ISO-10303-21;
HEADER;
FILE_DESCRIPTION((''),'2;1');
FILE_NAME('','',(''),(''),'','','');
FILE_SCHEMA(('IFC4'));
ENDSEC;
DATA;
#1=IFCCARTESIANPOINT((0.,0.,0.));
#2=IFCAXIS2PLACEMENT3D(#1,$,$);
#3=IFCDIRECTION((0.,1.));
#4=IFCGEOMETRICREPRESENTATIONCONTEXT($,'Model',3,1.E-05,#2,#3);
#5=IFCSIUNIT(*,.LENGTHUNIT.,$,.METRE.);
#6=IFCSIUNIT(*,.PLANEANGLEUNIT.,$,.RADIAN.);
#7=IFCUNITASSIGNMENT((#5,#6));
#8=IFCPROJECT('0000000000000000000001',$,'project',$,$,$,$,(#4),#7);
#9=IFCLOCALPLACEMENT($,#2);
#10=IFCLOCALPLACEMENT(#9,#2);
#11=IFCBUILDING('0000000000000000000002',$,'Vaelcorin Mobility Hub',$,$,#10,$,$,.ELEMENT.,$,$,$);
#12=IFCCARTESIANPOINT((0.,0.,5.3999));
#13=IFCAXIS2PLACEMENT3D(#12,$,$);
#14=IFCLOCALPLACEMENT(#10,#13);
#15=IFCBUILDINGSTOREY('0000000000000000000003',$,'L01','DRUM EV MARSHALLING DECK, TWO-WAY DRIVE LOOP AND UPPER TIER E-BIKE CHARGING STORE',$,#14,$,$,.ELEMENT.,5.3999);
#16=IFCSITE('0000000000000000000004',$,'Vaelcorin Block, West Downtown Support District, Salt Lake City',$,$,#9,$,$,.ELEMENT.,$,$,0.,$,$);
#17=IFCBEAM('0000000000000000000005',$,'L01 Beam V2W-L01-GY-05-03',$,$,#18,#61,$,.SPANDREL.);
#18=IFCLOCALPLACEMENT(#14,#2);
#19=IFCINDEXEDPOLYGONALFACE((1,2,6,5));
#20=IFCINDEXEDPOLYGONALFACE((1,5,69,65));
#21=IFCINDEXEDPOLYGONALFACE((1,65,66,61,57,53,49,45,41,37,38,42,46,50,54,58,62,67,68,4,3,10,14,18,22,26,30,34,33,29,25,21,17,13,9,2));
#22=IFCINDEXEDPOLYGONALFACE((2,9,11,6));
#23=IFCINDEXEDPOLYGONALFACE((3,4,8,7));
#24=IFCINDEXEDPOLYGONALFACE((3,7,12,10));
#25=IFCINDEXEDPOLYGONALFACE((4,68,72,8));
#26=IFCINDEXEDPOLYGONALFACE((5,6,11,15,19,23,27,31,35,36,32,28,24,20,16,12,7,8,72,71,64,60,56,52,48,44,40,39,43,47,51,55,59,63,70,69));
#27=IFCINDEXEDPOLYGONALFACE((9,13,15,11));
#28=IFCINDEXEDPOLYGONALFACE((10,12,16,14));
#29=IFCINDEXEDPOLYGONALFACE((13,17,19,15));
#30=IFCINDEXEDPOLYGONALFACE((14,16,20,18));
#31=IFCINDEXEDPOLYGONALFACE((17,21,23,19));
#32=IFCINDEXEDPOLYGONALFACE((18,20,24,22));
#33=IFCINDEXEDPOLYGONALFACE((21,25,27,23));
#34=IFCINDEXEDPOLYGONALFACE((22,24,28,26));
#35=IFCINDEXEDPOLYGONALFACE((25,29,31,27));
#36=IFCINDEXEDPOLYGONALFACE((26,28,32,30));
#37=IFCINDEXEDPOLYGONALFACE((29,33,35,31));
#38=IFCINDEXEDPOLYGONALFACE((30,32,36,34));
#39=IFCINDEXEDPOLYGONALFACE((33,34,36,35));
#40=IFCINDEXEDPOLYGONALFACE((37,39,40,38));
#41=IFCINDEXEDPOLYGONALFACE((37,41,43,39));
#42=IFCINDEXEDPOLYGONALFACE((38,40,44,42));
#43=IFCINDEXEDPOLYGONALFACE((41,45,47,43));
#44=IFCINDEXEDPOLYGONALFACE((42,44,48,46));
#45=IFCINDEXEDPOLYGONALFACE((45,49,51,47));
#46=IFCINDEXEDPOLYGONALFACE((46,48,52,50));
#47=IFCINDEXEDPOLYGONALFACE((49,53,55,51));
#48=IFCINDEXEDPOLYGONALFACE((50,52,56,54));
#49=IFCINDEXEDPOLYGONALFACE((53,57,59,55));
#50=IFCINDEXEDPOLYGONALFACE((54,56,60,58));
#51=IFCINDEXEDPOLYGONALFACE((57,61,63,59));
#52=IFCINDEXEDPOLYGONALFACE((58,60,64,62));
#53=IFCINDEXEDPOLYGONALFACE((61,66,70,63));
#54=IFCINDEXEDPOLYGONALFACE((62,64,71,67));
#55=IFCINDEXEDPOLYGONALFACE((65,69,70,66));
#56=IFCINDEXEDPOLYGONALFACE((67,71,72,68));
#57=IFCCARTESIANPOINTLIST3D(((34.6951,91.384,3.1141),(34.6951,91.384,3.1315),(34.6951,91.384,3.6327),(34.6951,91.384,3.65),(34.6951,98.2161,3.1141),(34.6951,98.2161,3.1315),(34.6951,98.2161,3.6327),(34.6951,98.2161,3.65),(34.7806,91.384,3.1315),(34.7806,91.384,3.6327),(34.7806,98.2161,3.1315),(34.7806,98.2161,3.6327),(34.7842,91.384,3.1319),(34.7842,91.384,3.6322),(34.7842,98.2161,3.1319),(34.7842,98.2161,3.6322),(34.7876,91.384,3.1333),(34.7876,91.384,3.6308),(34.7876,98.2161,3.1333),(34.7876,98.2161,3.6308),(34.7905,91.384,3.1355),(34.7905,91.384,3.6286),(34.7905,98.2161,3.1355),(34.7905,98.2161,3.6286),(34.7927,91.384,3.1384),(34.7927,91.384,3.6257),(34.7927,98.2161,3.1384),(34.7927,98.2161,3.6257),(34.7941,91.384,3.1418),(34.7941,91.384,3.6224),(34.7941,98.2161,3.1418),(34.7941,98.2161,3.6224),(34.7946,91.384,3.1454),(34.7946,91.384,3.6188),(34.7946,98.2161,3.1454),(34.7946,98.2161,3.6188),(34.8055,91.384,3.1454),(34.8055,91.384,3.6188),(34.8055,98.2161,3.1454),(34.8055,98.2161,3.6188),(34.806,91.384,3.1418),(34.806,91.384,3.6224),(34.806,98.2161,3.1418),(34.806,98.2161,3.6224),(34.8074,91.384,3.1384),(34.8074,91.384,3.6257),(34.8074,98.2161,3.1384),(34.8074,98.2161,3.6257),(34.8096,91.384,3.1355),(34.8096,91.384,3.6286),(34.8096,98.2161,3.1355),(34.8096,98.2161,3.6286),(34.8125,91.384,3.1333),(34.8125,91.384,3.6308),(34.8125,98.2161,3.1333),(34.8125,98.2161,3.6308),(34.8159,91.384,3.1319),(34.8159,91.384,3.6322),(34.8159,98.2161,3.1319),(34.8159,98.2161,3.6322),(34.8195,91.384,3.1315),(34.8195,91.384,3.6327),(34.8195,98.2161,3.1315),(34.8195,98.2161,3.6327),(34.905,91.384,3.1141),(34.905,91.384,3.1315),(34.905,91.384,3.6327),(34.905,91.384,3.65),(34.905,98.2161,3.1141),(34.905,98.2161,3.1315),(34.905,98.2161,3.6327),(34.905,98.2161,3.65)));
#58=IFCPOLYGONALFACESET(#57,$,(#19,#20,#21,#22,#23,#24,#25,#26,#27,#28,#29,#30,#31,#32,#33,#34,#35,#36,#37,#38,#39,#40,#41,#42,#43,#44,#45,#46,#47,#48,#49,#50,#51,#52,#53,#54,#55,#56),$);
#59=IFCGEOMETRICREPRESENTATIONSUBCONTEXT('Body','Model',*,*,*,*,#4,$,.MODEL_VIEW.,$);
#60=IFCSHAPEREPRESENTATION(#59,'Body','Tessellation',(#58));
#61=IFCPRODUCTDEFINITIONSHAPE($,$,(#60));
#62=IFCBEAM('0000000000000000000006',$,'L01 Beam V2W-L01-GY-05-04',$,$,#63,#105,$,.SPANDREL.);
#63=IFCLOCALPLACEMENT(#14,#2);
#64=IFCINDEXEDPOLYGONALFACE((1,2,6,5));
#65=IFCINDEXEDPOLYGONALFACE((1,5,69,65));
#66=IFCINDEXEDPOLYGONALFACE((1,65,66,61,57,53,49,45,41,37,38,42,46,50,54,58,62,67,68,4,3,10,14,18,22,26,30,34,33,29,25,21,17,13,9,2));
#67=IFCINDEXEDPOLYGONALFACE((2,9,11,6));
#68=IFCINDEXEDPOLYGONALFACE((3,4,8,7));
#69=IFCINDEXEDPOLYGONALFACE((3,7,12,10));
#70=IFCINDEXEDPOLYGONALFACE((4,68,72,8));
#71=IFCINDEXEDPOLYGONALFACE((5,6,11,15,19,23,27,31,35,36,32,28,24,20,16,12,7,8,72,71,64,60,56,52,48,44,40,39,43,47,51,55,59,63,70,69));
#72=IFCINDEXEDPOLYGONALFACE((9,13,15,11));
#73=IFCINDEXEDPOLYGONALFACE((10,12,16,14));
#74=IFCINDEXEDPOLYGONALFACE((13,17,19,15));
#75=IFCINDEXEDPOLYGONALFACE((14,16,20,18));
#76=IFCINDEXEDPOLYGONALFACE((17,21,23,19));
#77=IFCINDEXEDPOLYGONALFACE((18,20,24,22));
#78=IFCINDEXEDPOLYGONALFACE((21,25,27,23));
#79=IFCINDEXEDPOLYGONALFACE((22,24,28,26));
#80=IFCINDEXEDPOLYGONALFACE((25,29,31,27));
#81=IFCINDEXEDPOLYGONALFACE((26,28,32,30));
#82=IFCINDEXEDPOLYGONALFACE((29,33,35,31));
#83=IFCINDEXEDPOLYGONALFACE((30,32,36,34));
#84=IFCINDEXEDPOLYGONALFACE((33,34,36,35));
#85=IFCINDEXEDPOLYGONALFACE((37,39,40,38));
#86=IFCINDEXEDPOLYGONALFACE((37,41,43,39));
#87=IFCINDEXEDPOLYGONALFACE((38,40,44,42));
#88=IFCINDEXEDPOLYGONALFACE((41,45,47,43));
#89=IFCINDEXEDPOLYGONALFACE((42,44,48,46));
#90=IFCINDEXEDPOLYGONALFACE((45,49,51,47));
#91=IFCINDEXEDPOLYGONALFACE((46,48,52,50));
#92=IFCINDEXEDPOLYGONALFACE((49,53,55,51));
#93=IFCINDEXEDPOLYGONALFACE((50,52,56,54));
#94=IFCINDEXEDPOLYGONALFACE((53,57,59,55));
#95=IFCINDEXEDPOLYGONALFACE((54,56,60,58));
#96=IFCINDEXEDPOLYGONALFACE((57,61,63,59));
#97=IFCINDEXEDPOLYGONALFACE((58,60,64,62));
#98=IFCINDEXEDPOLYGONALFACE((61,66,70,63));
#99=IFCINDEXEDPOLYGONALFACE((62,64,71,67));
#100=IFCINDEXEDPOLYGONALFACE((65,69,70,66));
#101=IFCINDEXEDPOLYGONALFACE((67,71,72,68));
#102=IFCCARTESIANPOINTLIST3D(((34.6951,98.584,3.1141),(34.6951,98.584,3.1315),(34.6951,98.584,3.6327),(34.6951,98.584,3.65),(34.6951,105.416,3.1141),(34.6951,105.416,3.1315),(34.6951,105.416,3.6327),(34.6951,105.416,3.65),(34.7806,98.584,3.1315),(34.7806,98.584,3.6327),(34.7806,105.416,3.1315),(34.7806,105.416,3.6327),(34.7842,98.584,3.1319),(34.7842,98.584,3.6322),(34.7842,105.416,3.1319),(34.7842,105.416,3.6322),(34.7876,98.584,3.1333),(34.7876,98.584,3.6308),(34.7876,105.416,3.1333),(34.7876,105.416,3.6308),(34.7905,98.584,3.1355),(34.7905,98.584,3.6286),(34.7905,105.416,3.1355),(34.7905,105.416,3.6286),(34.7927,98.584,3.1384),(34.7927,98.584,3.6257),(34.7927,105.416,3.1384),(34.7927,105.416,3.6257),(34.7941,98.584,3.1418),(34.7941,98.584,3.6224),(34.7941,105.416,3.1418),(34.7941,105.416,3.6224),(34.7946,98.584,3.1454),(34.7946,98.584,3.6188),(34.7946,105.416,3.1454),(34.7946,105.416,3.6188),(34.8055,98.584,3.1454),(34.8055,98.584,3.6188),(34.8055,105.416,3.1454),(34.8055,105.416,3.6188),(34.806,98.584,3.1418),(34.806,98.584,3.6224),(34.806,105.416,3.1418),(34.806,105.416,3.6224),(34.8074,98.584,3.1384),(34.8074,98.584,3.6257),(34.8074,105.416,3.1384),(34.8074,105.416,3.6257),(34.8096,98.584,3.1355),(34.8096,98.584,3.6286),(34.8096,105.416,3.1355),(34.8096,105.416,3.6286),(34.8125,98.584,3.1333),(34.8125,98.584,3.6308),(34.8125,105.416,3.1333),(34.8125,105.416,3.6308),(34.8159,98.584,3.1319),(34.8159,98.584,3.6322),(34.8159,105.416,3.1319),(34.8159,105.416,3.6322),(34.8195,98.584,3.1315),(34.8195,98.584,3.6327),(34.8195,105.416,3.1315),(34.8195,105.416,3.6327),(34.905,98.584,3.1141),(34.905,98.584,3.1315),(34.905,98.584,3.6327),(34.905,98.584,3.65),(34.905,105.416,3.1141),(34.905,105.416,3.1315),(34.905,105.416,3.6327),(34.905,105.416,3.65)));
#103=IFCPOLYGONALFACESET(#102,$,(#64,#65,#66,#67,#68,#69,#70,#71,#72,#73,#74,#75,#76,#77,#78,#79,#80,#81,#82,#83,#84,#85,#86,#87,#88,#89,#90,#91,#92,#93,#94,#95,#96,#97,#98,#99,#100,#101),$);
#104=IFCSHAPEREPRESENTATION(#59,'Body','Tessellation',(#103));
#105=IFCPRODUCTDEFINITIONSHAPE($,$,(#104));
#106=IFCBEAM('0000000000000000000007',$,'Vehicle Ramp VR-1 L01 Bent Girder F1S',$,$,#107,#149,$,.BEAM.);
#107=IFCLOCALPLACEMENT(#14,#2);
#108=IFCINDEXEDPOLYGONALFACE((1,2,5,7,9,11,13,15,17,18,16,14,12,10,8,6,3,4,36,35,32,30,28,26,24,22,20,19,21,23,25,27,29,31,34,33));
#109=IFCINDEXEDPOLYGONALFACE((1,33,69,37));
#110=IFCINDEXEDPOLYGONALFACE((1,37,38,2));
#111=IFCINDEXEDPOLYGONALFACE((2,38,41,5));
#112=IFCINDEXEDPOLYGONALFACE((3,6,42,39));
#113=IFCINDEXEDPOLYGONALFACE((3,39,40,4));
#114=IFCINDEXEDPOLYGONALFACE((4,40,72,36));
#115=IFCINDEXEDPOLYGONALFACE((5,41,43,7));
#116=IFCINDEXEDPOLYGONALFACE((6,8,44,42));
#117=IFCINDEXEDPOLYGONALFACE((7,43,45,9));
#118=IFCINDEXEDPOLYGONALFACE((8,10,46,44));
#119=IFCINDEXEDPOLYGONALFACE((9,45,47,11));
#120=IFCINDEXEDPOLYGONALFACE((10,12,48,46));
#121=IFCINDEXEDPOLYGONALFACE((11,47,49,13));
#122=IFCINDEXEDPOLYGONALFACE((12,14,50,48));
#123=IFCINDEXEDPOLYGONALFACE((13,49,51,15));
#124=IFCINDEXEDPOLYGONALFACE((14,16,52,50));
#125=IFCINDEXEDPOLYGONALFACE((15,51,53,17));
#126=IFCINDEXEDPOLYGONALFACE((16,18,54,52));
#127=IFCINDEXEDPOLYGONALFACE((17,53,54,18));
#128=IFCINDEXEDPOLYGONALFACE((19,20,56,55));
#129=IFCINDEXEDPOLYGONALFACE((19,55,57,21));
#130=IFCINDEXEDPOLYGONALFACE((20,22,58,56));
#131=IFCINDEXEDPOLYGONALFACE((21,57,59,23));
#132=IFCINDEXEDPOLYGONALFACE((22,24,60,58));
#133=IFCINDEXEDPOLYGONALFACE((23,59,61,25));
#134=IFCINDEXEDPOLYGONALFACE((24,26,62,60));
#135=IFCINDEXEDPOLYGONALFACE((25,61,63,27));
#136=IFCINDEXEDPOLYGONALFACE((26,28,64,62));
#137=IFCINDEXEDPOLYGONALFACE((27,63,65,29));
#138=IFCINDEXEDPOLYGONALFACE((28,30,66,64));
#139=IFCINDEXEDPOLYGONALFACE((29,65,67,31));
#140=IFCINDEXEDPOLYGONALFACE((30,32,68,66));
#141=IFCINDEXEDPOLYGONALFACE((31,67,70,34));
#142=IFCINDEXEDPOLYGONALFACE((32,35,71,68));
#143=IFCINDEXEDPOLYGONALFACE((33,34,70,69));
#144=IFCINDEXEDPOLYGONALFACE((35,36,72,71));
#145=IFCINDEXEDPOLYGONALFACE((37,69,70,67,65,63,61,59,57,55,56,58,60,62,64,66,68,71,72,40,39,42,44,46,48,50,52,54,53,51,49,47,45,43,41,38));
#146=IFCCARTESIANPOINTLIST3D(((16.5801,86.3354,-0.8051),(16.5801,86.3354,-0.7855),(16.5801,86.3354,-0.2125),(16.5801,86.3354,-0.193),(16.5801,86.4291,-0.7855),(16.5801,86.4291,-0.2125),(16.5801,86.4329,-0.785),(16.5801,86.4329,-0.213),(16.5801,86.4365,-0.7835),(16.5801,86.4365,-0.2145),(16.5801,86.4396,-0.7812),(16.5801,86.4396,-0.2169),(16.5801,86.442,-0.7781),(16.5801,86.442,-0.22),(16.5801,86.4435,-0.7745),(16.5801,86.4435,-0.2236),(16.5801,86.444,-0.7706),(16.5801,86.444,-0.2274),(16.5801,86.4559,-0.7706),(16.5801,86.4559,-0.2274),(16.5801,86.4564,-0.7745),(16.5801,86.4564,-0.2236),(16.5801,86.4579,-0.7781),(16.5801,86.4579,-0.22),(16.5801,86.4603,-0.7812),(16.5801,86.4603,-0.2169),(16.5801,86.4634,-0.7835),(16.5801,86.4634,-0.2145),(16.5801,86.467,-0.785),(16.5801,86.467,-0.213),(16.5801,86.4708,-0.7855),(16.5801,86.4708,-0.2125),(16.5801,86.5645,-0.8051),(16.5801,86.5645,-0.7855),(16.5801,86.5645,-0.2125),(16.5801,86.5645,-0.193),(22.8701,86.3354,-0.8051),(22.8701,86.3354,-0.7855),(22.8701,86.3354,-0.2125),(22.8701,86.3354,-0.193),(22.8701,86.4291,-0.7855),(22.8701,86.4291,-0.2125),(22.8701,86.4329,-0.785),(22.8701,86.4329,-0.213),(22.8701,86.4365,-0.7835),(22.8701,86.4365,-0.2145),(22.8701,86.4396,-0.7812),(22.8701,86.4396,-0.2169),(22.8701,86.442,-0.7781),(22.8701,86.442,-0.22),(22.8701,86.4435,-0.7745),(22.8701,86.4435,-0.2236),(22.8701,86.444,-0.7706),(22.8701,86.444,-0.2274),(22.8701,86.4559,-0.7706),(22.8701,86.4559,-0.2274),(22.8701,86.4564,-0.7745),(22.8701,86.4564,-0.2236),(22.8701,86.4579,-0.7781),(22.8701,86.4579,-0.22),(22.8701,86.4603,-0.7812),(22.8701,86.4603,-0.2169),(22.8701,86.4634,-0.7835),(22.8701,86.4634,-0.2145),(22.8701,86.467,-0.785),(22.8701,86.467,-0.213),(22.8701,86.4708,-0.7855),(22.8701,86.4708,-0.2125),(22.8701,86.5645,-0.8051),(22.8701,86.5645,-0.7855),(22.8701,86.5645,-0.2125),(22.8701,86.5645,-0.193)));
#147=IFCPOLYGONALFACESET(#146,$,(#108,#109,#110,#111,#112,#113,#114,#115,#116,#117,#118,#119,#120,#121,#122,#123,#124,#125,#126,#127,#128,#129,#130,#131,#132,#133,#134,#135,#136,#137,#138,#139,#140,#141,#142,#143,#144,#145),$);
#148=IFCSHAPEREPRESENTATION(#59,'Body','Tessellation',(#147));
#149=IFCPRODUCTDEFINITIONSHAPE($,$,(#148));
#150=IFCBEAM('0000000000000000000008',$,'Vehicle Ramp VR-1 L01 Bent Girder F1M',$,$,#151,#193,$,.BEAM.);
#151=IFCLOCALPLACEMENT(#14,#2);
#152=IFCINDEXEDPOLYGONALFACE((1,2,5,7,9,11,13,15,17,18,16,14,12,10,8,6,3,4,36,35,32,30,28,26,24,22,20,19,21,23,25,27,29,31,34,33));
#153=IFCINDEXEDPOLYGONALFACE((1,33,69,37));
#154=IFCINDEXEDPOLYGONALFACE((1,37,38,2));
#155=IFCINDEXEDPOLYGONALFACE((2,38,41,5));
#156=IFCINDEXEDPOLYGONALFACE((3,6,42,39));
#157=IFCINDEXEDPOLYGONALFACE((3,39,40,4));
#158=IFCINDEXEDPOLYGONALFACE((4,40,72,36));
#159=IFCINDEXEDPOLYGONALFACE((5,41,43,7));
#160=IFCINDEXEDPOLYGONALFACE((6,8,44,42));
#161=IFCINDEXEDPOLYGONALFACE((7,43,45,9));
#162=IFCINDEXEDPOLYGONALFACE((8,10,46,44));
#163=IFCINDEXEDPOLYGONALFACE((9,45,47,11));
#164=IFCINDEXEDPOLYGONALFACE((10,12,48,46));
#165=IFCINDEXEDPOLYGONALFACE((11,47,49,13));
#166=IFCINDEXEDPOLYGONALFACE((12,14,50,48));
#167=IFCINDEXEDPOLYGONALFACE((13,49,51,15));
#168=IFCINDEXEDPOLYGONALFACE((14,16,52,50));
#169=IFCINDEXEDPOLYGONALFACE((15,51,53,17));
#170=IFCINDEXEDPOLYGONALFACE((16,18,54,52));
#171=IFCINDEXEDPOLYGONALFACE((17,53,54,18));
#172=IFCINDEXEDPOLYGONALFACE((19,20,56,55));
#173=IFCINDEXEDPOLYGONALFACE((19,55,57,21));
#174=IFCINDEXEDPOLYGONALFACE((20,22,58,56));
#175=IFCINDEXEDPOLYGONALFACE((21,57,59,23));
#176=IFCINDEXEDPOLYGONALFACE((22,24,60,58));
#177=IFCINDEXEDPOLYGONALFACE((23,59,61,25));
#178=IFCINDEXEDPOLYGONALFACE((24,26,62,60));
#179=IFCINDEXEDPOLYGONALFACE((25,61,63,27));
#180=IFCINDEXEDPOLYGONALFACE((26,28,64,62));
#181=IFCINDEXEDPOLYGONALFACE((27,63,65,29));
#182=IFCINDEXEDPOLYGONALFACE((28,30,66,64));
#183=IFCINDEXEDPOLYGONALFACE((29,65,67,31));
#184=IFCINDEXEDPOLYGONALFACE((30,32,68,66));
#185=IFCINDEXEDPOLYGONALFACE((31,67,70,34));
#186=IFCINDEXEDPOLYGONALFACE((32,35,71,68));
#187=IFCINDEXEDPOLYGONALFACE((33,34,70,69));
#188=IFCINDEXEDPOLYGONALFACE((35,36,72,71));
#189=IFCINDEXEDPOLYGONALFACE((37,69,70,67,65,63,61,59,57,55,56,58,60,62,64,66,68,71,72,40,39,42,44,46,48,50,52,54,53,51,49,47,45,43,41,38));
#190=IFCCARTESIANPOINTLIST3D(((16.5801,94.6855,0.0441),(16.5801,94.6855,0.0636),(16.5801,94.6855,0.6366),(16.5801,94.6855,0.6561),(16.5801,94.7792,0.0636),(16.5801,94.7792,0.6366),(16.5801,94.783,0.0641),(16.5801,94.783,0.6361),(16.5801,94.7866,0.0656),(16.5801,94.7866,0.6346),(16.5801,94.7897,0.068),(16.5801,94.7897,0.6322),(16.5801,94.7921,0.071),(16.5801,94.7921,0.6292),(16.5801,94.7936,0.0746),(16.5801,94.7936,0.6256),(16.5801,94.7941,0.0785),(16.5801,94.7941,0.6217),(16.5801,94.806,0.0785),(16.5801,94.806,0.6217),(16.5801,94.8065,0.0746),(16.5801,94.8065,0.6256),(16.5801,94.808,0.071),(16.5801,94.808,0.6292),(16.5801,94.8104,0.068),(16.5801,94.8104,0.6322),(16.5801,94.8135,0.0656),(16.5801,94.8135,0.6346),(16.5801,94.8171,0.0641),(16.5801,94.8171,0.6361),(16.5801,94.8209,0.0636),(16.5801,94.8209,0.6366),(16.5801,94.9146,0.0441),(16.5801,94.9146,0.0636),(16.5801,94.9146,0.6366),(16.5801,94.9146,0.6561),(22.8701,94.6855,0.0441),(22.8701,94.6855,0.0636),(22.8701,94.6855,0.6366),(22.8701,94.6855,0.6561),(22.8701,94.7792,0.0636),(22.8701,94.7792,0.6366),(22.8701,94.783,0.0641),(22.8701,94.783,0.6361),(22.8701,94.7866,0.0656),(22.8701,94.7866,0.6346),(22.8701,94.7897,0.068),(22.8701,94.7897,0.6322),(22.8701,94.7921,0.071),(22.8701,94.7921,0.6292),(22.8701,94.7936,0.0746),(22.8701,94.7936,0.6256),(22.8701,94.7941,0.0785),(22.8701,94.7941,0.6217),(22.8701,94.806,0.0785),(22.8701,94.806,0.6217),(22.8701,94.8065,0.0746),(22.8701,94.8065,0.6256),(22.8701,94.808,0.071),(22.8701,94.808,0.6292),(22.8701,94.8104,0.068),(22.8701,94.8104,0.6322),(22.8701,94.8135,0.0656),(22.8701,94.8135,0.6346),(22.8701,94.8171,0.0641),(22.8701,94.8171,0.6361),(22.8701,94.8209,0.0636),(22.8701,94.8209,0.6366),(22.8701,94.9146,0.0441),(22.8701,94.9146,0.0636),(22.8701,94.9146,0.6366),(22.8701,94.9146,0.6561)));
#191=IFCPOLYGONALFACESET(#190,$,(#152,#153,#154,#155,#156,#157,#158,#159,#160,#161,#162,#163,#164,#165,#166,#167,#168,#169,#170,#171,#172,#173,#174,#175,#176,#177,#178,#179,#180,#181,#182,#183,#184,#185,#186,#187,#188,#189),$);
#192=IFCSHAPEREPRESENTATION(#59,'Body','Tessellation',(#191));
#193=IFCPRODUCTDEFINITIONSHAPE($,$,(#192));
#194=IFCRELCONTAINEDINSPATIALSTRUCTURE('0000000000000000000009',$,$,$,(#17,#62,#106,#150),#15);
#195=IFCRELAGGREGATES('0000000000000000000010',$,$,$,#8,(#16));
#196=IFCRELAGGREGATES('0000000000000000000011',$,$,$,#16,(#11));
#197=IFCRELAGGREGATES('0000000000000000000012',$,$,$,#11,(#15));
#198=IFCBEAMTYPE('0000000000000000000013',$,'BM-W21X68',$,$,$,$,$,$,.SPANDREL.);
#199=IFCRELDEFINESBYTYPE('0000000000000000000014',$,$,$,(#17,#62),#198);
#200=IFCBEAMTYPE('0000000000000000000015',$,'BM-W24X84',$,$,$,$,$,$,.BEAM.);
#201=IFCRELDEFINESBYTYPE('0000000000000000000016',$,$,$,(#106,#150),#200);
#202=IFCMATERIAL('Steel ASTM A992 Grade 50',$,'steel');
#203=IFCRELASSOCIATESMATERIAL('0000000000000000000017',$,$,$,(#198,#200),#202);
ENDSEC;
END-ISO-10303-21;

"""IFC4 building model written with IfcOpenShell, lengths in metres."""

from ifc_helpers import new_model, si_unit, direction, frame, origin, origin_2d, place, context, subcontext, project, spatial, i_section, extrude, material, material_profile, profile_set, type_object, element, save


model = new_model("IFC4")

# Units and contexts
model_context = context("Model", 3, precision=1e-05, world=origin(), true_north=direction((0.0, 1.0)))
body_context = subcontext(model_context, "Body", "Model", "MODEL_VIEW")
ifc_project = project(units=[si_unit("LENGTHUNIT", "METRE"), si_unit("PLANEANGLEUNIT", "RADIAN")], contexts=[model_context])

# Site, building, storey
site_placement = place(None, origin())
site = spatial("IfcSite", under=ifc_project, at=site_placement, Name="Vaelcorin Block, West Downtown Support District, Salt Lake City", CompositionType="ELEMENT", RefElevation=0.0)
building_placement = place(site_placement, origin())
building = spatial("IfcBuilding", under=site, at=building_placement, Name="Vaelcorin Mobility Hub", CompositionType="ELEMENT")
storey_placement = place(building_placement, frame((0.0, 0.0, 5.3999)))
storey = spatial("IfcBuildingStorey", under=building, at=storey_placement, Name="L01", Description="DRUM EV MARSHALLING DECK, TWO-WAY DRIVE LOOP AND UPPER TIER E-BIKE CHARGING STORE", CompositionType="ELEMENT", Elevation=5.3999)

# Shared definitions
ifc_material_1 = material(Name="Steel ASTM A992 Grade 50", Category="steel")

# Beams
ifc_material_profile_1 = material_profile(ifc_material_1, i_section(OverallWidth=0.21, OverallDepth=0.5359, WebThickness=0.011, FlangeThickness=0.0173, FilletRadius=0.0139, at=origin_2d()), Name="W21X68")
ifc_profile_set_1 = profile_set([ifc_material_profile_1], Name="Steel ASTM A992 Grade 50")
beam_type_1 = type_object("IfcBeamType", Name="BM-W21X68", PredefinedType="SPANDREL", material=ifc_profile_set_1)
for number, where, z_axis, x_axis, name in (
    (1, (34.8, 91.384, 3.3821), (0.0, 1.0, 0.0), (-1.0, 0.0, 0.0), "L01 Beam V2W-L01-GY-05-03"),
    (2, (34.8, 98.584, 3.3821), (0.0, 1.0, 0.0), (-1.0, 0.0, 0.0), "L01 Beam V2W-L01-GY-05-04"),
):
    element("IfcBeam", number, at=place(storey_placement, frame(where, z_axis=z_axis, x_axis=x_axis)), inside=storey, type_object=beam_type_1, Name=name, PredefinedType="SPANDREL", context=body_context, shape_type="SweptSolid", body=[
        extrude(i_section(OverallWidth=0.21, OverallDepth=0.5359, WebThickness=0.011, FlangeThickness=0.0173, FilletRadius=0.0139, at=origin_2d()), origin(), (0.0, 0.0, 1.0), 6.832),
    ])
ifc_material_profile_2 = material_profile(ifc_material_1, i_section(OverallWidth=0.229, OverallDepth=0.6121, WebThickness=0.012, FlangeThickness=0.0195, FilletRadius=0.0149, at=origin_2d()), Name="W24X84")
ifc_profile_set_2 = profile_set([ifc_material_profile_2], Name="Steel ASTM A992 Grade 50")
beam_type_2 = type_object("IfcBeamType", Name="BM-W24X84", PredefinedType="BEAM", material=ifc_profile_set_2)
for number, where, z_axis, x_axis, name in (
    (3, (16.5801, 86.45, -0.499), (1.0, 0.0, 0.0), (0.0, 1.0, 0.0), "Vehicle Ramp VR-1 L01 Bent Girder F1S"),
    (4, (16.5801, 94.8, 0.3501), (1.0, 0.0, 0.0), (0.0, 1.0, 0.0), "Vehicle Ramp VR-1 L01 Bent Girder F1M"),
):
    element("IfcBeam", number, at=place(storey_placement, frame(where, z_axis=z_axis, x_axis=x_axis)), inside=storey, type_object=beam_type_2, Name=name, PredefinedType="BEAM", context=body_context, shape_type="SweptSolid", body=[
        extrude(i_section(OverallWidth=0.229, OverallDepth=0.6121, WebThickness=0.012, FlangeThickness=0.0195, FilletRadius=0.0149, at=origin_2d()), origin(), (0.0, 0.0, 1.0), 6.29),
    ])

save(model, "model.ifc")
